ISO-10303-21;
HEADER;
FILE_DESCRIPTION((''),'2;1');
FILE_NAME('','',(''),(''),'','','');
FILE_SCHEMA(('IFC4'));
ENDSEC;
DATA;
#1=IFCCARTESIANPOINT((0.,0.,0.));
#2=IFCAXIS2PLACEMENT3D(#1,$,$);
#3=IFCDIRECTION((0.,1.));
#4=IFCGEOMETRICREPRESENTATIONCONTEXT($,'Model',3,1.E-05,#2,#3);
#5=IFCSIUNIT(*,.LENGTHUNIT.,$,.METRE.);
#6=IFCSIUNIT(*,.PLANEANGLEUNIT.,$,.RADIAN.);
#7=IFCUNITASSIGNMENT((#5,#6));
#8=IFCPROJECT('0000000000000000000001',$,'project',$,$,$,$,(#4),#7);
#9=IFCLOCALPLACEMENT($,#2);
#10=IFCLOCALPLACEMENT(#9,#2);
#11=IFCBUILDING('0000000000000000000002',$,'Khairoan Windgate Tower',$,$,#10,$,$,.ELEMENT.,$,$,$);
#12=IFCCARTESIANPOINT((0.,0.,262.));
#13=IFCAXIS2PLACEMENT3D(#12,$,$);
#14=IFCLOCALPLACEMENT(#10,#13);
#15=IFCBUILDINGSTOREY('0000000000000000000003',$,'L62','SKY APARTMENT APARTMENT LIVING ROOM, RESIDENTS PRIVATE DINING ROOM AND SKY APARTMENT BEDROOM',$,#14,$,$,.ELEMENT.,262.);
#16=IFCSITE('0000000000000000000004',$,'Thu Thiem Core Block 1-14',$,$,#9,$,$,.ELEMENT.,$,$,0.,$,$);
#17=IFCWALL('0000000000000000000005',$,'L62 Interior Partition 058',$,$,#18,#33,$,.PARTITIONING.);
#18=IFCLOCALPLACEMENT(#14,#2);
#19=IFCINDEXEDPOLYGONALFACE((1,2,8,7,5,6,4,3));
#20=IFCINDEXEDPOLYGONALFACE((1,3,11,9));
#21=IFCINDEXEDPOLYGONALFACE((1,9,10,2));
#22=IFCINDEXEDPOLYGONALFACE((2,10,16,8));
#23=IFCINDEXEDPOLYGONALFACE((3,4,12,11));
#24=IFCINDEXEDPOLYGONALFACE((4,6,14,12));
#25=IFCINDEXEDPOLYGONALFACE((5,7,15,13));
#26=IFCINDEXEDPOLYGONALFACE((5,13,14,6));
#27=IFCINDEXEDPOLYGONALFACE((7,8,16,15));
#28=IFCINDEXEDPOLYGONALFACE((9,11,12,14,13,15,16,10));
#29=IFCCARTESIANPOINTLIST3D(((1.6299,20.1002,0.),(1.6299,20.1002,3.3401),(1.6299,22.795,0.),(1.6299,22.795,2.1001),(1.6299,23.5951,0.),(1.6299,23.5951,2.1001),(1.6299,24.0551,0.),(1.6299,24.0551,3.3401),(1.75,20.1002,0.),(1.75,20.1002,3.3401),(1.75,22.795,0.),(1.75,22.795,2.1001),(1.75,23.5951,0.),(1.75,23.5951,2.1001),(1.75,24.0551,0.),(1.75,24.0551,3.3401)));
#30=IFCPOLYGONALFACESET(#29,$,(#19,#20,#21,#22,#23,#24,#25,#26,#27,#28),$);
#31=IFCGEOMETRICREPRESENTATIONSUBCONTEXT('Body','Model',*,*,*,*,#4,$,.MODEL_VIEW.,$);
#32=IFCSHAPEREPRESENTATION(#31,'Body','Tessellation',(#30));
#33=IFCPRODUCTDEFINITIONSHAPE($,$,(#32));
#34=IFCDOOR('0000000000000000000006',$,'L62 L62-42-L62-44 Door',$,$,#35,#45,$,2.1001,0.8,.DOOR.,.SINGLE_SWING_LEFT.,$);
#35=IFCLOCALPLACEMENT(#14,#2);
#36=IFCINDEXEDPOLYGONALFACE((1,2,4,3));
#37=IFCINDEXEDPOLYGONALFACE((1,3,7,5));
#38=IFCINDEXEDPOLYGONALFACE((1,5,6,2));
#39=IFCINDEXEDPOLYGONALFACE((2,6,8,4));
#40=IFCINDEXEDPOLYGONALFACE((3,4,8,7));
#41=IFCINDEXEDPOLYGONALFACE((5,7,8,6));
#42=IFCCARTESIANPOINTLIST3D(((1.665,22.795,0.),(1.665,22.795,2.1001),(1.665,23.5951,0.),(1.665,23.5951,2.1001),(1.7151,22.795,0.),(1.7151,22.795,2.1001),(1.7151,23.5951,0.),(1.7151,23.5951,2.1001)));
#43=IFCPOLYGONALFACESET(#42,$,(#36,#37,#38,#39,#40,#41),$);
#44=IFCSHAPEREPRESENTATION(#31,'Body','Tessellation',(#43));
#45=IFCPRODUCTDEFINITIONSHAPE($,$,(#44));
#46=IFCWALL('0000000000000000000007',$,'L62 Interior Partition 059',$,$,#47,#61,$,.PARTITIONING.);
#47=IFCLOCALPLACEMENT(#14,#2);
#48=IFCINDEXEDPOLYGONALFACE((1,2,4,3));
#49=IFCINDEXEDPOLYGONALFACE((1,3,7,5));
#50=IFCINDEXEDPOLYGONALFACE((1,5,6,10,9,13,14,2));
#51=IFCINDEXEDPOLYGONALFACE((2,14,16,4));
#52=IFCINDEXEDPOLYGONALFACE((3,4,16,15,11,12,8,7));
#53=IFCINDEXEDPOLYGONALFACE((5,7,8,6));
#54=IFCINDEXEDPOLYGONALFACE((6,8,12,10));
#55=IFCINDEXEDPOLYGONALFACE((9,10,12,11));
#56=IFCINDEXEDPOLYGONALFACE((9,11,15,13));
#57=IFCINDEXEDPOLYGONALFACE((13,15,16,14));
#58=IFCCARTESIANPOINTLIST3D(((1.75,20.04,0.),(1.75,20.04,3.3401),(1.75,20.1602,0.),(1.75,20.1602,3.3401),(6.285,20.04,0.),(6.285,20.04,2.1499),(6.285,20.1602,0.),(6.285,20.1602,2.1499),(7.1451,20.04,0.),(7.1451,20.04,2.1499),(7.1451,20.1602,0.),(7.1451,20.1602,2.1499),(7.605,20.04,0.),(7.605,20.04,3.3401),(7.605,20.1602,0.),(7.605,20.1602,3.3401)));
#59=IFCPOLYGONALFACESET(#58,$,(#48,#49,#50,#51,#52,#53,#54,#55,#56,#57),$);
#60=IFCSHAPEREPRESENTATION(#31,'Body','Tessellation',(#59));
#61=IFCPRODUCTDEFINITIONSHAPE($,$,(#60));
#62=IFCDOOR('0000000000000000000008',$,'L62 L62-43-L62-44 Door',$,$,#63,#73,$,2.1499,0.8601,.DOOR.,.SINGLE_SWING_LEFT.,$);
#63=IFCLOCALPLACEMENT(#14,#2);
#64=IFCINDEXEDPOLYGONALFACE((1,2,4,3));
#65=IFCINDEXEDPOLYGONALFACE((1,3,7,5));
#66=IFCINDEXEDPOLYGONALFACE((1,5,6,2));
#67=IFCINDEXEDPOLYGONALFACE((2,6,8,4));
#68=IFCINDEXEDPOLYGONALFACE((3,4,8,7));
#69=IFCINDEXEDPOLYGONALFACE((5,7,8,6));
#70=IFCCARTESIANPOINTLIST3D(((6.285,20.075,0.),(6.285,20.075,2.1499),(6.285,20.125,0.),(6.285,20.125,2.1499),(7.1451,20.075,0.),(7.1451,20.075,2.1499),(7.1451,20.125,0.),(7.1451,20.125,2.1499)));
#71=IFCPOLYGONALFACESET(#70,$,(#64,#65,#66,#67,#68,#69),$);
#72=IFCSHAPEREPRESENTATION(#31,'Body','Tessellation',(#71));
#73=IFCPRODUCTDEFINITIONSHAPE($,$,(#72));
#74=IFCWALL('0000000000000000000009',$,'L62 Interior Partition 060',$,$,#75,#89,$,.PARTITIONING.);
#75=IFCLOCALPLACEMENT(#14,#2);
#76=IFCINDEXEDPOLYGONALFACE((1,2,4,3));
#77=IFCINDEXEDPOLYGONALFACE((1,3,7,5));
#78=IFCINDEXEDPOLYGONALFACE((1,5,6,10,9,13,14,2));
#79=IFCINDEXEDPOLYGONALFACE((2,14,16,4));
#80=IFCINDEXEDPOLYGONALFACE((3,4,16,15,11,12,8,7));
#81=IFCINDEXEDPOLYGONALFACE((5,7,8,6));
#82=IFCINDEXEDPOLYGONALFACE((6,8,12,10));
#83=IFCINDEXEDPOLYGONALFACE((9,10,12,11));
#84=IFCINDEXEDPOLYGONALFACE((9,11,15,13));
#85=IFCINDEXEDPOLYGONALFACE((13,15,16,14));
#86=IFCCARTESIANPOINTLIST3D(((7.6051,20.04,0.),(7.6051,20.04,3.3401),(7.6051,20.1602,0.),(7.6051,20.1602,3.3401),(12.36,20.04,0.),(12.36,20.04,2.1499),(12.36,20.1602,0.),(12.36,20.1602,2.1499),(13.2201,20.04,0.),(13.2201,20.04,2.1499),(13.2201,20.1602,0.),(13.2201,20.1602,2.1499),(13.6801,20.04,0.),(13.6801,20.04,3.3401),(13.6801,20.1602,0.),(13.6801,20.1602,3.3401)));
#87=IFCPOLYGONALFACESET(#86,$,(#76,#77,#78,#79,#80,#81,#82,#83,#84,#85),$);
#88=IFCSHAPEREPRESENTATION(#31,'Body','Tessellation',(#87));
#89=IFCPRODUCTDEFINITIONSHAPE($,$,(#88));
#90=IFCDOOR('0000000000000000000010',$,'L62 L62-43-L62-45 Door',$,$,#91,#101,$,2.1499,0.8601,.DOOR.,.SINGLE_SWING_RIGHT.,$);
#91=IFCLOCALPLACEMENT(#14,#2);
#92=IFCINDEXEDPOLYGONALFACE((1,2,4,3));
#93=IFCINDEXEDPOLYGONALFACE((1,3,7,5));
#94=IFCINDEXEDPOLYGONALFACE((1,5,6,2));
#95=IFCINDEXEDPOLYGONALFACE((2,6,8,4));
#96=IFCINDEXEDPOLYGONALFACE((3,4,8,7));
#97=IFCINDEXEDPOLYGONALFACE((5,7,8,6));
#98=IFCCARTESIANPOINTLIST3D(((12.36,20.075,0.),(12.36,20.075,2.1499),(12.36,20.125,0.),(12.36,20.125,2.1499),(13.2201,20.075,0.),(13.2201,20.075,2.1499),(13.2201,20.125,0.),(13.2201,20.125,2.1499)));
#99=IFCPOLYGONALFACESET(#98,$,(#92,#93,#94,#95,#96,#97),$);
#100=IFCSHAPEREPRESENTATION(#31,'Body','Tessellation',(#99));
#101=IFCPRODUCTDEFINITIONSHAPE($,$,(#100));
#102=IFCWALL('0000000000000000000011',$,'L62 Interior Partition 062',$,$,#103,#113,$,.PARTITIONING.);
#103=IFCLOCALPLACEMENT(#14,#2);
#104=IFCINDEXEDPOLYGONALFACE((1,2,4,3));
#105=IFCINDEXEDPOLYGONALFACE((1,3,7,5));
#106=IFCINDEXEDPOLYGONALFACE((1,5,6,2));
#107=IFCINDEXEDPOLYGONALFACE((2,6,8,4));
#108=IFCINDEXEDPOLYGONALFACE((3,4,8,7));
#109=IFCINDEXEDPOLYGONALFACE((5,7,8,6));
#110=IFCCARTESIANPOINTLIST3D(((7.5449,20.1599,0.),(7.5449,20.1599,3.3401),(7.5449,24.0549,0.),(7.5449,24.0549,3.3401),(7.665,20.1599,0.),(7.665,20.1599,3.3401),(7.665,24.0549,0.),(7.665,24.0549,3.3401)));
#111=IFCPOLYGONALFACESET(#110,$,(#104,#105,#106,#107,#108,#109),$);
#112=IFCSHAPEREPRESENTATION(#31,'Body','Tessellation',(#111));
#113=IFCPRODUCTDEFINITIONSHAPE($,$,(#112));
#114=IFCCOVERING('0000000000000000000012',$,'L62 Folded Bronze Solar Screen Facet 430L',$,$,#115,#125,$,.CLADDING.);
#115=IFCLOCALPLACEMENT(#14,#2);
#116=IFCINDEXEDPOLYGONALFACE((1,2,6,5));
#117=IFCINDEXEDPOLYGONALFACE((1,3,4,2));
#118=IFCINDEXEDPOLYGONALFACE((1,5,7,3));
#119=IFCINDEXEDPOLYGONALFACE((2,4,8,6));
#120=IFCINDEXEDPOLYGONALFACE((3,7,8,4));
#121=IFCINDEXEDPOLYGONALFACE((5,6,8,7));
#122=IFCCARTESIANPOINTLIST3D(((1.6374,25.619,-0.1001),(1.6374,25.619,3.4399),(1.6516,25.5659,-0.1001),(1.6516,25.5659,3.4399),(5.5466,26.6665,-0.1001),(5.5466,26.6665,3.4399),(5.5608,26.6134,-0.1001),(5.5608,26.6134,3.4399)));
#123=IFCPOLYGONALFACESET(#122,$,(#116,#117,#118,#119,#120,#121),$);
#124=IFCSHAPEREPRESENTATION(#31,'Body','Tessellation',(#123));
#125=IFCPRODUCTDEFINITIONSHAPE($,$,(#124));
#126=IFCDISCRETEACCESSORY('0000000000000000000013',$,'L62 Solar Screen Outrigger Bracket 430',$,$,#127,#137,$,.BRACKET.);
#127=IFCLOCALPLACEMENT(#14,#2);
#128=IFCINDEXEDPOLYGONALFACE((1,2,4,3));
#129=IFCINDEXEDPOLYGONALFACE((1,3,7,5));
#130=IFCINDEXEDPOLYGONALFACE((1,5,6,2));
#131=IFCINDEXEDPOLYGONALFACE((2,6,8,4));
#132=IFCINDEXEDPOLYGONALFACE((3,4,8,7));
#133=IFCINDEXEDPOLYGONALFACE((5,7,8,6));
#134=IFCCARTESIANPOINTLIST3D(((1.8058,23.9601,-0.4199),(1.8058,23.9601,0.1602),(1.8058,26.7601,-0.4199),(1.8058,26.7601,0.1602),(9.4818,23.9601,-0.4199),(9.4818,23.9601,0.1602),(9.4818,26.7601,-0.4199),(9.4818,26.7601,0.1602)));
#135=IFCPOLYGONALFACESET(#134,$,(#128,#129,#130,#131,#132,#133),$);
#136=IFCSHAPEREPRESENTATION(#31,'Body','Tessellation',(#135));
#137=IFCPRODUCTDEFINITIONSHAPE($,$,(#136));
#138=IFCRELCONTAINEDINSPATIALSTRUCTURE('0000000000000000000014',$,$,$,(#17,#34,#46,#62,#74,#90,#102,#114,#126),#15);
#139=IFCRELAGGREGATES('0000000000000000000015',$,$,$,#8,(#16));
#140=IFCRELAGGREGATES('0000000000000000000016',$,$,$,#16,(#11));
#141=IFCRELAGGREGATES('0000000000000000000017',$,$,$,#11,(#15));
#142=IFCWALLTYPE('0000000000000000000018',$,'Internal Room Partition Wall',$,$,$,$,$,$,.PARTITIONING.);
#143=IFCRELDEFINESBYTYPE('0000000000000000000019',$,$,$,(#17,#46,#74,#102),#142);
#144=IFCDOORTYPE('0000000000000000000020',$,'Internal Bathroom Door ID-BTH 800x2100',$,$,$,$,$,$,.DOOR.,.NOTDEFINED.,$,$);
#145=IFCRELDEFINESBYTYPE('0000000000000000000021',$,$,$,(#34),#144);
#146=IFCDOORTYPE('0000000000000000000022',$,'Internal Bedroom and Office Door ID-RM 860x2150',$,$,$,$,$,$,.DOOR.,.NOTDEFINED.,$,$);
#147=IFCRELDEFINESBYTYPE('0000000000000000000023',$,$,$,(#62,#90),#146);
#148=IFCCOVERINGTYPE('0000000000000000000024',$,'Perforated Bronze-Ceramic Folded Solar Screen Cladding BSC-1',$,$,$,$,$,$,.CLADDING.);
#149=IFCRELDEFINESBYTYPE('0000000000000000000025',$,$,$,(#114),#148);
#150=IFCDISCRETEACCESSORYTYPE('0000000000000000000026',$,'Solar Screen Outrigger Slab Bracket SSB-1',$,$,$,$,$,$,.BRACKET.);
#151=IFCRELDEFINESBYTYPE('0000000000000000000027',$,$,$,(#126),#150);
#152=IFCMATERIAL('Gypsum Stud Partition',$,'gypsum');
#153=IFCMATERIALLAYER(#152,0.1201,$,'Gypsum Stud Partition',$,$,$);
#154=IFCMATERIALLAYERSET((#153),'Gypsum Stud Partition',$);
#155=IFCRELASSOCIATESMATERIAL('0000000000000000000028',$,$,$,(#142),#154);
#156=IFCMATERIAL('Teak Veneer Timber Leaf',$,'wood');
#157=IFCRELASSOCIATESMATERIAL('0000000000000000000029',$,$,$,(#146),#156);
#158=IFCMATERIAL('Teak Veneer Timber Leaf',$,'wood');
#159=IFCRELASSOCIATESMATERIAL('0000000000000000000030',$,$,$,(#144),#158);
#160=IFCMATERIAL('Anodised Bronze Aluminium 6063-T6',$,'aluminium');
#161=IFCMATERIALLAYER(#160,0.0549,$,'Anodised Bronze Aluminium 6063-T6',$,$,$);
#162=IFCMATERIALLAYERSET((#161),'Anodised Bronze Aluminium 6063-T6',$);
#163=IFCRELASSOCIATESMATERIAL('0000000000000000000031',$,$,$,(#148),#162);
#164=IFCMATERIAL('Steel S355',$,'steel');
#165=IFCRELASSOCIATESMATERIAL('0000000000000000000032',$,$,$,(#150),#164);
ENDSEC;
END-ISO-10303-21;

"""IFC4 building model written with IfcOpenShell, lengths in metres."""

from ifc_helpers import new_model, si_unit, direction, frame, frame_2d, origin, origin_2d, place, context, subcontext, project, spatial, rectangle, extrude, material, layer, layer_set, type_object, element, fill, save


model = new_model("IFC4")

# Units and contexts
model_context = context("Model", 3, precision=1e-05, world=origin(), true_north=direction((0.0, 1.0)))
body_context = subcontext(model_context, "Body", "Model", "MODEL_VIEW")
ifc_project = project(units=[si_unit("LENGTHUNIT", "METRE"), si_unit("PLANEANGLEUNIT", "RADIAN")], contexts=[model_context])

# Site, building, storey
site_placement = place(None, origin())
site = spatial("IfcSite", under=ifc_project, at=site_placement, Name="Thu Thiem Core Block 1-14", CompositionType="ELEMENT", RefElevation=0.0)
building_placement = place(site_placement, origin())
building = spatial("IfcBuilding", under=site, at=building_placement, Name="Khairoan Windgate Tower", CompositionType="ELEMENT")
storey_placement = place(building_placement, frame((0.0, 0.0, 262.0)))
storey = spatial("IfcBuildingStorey", under=building, at=storey_placement, Name="L62", Description="SKY APARTMENT APARTMENT LIVING ROOM, RESIDENTS PRIVATE DINING ROOM AND SKY APARTMENT BEDROOM", CompositionType="ELEMENT", Elevation=262.0)

# Shared definitions
ifc_material_1 = material(Name="Gypsum Stud Partition", Category="gypsum")
ifc_layer_1 = layer(ifc_material_1, 0.1201, Name="Gypsum Stud Partition")
ifc_layer_set_1 = layer_set([ifc_layer_1], Name="Gypsum Stud Partition")
wall_type_1 = type_object("IfcWallType", Name="Internal Room Partition Wall", PredefinedType="PARTITIONING", material=ifc_layer_set_1)
ifc_material_2 = material(Name="Teak Veneer Timber Leaf", Category="wood")
door_type_1 = type_object("IfcDoorType", Name="Internal Bedroom and Office Door ID-RM 860x2150", OperationType="NOTDEFINED", PredefinedType="DOOR", material=ifc_material_2)

# Walls, openings, doors
wall_1_placement = place(storey_placement, frame((1.6899, 20.1001, 0.0), z_axis=(0.0, 0.0, 1.0), x_axis=(0.0, 1.0, 0.0)))
wall_1 = element("IfcWall", 1, at=wall_1_placement, inside=storey, type_object=wall_type_1, Name="L62 Interior Partition 058", PredefinedType="PARTITIONING", context=body_context, shape_type="SweptSolid", body=[
    extrude(rectangle(XDim=3.9548, YDim=0.1201, at=frame_2d((1.9775, 0.0))), origin(), (0.0, 0.0, 1.0), 3.3401),
])
opening_1_placement = place(wall_1_placement, frame((2.6951, 0.0, 0.0)))
opening_1 = element("IfcOpeningElement", 2, at=opening_1_placement, cuts=wall_1, PredefinedType="OPENING", context=body_context, shape_type="SweptSolid", body=[
    extrude(rectangle(XDim=0.8, YDim=2.1001, at=frame_2d((0.3999, 1.05))), frame((0.0, 0.0701, 0.0), z_axis=(0.0, -1.0, 0.0), x_axis=(1.0, 0.0, 0.0)), (0.0, 0.0, 1.0), 0.1401),
])
ifc_material_3 = material(Name="Teak Veneer Timber Leaf", Category="wood")
door_type_2 = type_object("IfcDoorType", Name="Internal Bathroom Door ID-BTH 800x2100", OperationType="NOTDEFINED", PredefinedType="DOOR", material=ifc_material_3)
door_1_placement = place(opening_1_placement, origin())
door_1 = element("IfcDoor", 3, at=door_1_placement, inside=storey, type_object=door_type_2, Name="L62 L62-42-L62-44 Door", OperationType="SINGLE_SWING_LEFT", OverallHeight=2.1001, OverallWidth=0.8, PredefinedType="DOOR", context=body_context, shape_type="SweptSolid", body=[
    extrude(rectangle(XDim=0.8, YDim=2.1001, at=frame_2d((0.3999, 1.05))), frame((0.0, 0.0249, 0.0), z_axis=(0.0, -1.0, 0.0), x_axis=(1.0, 0.0, 0.0)), (0.0, 0.0, 1.0), 0.05),
])
fill(opening_1, door_1)
wall_2_placement = place(storey_placement, frame((1.75, 20.1001, 0.0), z_axis=(0.0, 0.0, 1.0), x_axis=(1.0, 0.0, 0.0)))
wall_2 = element("IfcWall", 4, at=wall_2_placement, inside=storey, type_object=wall_type_1, Name="L62 Interior Partition 059", PredefinedType="PARTITIONING", context=body_context, shape_type="SweptSolid", body=[
    extrude(rectangle(XDim=5.855, YDim=0.1201, at=frame_2d((2.9275, 0.0))), origin(), (0.0, 0.0, 1.0), 3.3401),
])
opening_2_placement = place(wall_2_placement, frame((4.5349, 0.0, 0.0)))
opening_2 = element("IfcOpeningElement", 5, at=opening_2_placement, cuts=wall_2, PredefinedType="OPENING", context=body_context, shape_type="SweptSolid", body=[
    extrude(rectangle(XDim=0.8601, YDim=2.1499, at=frame_2d((0.4302, 1.075))), frame((0.0, 0.0701, 0.0), z_axis=(0.0, -1.0, 0.0), x_axis=(1.0, 0.0, 0.0)), (0.0, 0.0, 1.0), 0.1401),
])
door_2_placement = place(opening_2_placement, origin())
door_2 = element("IfcDoor", 6, at=door_2_placement, inside=storey, type_object=door_type_1, Name="L62 L62-43-L62-44 Door", OperationType="SINGLE_SWING_LEFT", OverallHeight=2.1499, OverallWidth=0.8601, PredefinedType="DOOR", context=body_context, shape_type="SweptSolid", body=[
    extrude(rectangle(XDim=0.8601, YDim=2.1499, at=frame_2d((0.4302, 1.075))), frame((0.0, 0.0249, 0.0), z_axis=(0.0, -1.0, 0.0), x_axis=(1.0, 0.0, 0.0)), (0.0, 0.0, 1.0), 0.05),
])
fill(opening_2, door_2)
wall_3_placement = place(storey_placement, frame((7.605, 20.1001, 0.0), z_axis=(0.0, 0.0, 1.0), x_axis=(1.0, 0.0, 0.0)))
wall_3 = element("IfcWall", 7, at=wall_3_placement, inside=storey, type_object=wall_type_1, Name="L62 Interior Partition 060", PredefinedType="PARTITIONING", context=body_context, shape_type="SweptSolid", body=[
    extrude(rectangle(XDim=6.075, YDim=0.1201, at=frame_2d((3.0376, 0.0))), origin(), (0.0, 0.0, 1.0), 3.3401),
])
opening_3_placement = place(wall_3_placement, frame((4.7549, 0.0, 0.0)))
opening_3 = element("IfcOpeningElement", 8, at=opening_3_placement, cuts=wall_3, PredefinedType="OPENING", context=body_context, shape_type="SweptSolid", body=[
    extrude(rectangle(XDim=0.8601, YDim=2.1499, at=frame_2d((0.4302, 1.075))), frame((0.0, 0.0701, 0.0), z_axis=(0.0, -1.0, 0.0), x_axis=(1.0, 0.0, 0.0)), (0.0, 0.0, 1.0), 0.1401),
])
door_3_placement = place(opening_3_placement, origin())
door_3 = element("IfcDoor", 9, at=door_3_placement, inside=storey, type_object=door_type_1, Name="L62 L62-43-L62-45 Door", OperationType="SINGLE_SWING_RIGHT", OverallHeight=2.1499, OverallWidth=0.8601, PredefinedType="DOOR", context=body_context, shape_type="SweptSolid", body=[
    extrude(rectangle(XDim=0.8601, YDim=2.1499, at=frame_2d((0.4302, 1.075))), frame((0.0, 0.0249, 0.0), z_axis=(0.0, -1.0, 0.0), x_axis=(1.0, 0.0, 0.0)), (0.0, 0.0, 1.0), 0.05),
])
fill(opening_3, door_3)

# Wall
wall_4_placement = place(storey_placement, frame((7.605, 20.1599, 0.0), z_axis=(0.0, 0.0, 1.0), x_axis=(0.0, 1.0, 0.0)))
element("IfcWall", 10, at=wall_4_placement, inside=storey, type_object=wall_type_1, Name="L62 Interior Partition 062", PredefinedType="PARTITIONING", context=body_context, shape_type="SweptSolid", body=[
    extrude(rectangle(XDim=3.895, YDim=0.1201, at=frame_2d((1.9475, 0.0))), origin(), (0.0, 0.0, 1.0), 3.3401),
])

# Covering
ifc_material_4 = material(Name="Anodised Bronze Aluminium 6063-T6", Category="aluminium")
ifc_layer_2 = layer(ifc_material_4, 0.0549, Name="Anodised Bronze Aluminium 6063-T6")
ifc_layer_set_2 = layer_set([ifc_layer_2], Name="Anodised Bronze Aluminium 6063-T6")
covering_type = type_object("IfcCoveringType", Name="Perforated Bronze-Ceramic Folded Solar Screen Cladding BSC-1", PredefinedType="CLADDING", material=ifc_layer_set_2)
covering_placement = place(storey_placement, frame((3.5991, 26.1162, -0.1001), z_axis=(0.0, 0.0, 1.0), x_axis=(0.965926, 0.258819, 0.0)))
element("IfcCovering", 11, at=covering_placement, inside=storey, type_object=covering_type, Name="L62 Folded Bronze Solar Screen Facet 430L", PredefinedType="CLADDING", context=body_context, shape_type="SweptSolid", body=[
    extrude(rectangle(XDim=4.0471, YDim=0.0549, at=origin_2d()), origin(), (0.0, 0.0, 1.0), 3.54),
])

# Discrete accessory
ifc_material_5 = material(Name="Steel S355", Category="steel")
discrete_accessory_type = type_object("IfcDiscreteAccessoryType", Name="Solar Screen Outrigger Slab Bracket SSB-1", PredefinedType="BRACKET", material=ifc_material_5)
discrete_accessory_placement = place(storey_placement, frame((5.6438, 25.3601, -0.4199), z_axis=(0.0, 0.0, 1.0), x_axis=(1.0, 0.0, 0.0)))
element("IfcDiscreteAccessory", 12, at=discrete_accessory_placement, inside=storey, type_object=discrete_accessory_type, Name="L62 Solar Screen Outrigger Bracket 430", PredefinedType="BRACKET", context=body_context, shape_type="SweptSolid", body=[
    extrude(rectangle(XDim=7.676, YDim=2.8, at=origin_2d()), origin(), (0.0, 0.0, 1.0), 0.5801),
])

save(model, "model.ifc")
